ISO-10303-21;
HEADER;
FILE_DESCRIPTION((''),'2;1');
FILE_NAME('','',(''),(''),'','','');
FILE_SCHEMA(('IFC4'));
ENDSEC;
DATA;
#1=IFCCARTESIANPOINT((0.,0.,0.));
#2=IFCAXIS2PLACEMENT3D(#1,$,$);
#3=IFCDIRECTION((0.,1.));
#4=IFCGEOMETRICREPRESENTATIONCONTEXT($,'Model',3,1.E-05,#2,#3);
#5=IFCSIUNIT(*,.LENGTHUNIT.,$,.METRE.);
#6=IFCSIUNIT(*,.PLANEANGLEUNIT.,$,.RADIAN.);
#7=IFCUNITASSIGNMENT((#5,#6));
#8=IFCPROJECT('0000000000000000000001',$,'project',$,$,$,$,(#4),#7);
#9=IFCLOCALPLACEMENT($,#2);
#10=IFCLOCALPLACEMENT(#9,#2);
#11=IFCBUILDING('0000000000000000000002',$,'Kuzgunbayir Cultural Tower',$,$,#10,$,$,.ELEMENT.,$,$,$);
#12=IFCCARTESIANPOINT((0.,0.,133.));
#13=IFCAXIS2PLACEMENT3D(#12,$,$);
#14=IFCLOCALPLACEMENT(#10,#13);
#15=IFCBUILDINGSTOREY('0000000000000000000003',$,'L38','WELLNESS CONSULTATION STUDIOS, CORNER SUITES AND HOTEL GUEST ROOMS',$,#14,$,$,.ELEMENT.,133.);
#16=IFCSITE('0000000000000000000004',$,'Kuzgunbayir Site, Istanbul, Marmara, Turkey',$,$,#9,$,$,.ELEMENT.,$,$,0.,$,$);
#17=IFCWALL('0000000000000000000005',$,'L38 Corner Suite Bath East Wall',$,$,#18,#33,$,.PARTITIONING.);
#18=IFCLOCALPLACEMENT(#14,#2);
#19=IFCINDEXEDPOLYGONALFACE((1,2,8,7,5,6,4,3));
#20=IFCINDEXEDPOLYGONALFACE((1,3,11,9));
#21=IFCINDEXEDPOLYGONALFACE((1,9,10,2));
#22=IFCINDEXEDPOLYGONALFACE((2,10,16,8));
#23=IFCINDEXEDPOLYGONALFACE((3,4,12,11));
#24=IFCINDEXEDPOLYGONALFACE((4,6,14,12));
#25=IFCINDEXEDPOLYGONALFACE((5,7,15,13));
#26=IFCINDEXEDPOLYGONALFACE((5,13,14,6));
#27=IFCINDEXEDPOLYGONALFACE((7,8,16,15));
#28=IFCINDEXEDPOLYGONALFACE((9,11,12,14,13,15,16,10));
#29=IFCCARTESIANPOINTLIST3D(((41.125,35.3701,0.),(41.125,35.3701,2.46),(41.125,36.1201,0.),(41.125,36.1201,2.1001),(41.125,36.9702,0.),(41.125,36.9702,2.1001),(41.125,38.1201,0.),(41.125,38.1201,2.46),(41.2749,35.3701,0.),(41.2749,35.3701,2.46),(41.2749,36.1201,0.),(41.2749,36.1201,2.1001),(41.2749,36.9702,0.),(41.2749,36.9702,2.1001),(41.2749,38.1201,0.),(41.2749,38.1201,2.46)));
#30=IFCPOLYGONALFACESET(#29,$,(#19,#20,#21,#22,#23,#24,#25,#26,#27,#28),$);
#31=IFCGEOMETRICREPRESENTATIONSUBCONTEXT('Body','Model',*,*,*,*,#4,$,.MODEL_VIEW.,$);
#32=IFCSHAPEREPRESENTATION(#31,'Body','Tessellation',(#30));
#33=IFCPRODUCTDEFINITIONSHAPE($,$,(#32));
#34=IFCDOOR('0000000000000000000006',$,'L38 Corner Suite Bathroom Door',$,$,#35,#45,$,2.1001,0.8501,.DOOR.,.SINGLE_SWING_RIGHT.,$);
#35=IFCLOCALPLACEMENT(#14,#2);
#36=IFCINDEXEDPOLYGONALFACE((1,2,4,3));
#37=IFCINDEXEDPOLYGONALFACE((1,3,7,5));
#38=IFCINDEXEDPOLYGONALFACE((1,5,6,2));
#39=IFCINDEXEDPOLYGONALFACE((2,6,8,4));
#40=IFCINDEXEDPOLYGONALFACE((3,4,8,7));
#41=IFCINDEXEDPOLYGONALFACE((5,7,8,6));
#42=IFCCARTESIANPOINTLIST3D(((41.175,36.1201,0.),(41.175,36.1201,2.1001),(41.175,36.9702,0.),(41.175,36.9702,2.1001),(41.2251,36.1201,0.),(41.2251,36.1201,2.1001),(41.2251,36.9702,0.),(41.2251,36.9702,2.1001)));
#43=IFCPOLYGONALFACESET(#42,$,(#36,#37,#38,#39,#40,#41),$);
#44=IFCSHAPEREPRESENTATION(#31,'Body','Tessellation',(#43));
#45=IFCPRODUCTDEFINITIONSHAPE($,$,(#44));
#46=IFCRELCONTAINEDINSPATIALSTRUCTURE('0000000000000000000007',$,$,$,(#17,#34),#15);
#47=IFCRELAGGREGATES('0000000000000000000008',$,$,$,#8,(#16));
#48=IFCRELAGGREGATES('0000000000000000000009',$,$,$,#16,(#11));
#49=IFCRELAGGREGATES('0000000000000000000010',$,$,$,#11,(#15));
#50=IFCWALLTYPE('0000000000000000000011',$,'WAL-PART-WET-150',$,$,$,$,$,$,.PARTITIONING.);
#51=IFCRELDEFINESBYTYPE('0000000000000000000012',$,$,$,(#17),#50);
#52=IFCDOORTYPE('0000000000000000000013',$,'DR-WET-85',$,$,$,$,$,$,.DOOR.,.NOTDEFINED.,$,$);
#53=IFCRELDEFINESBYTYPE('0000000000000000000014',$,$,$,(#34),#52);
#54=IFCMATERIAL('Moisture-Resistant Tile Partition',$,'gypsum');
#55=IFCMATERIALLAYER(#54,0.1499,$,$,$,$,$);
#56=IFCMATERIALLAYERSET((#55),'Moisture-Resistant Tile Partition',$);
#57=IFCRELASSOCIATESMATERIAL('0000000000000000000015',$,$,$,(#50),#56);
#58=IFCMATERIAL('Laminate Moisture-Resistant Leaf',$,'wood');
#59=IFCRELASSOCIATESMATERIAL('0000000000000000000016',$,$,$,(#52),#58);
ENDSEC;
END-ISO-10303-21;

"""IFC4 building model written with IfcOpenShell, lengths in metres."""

from ifc_helpers import new_model, si_unit, direction, frame, frame_2d, origin, place, context, subcontext, project, spatial, rectangle, extrude, material, layer, layer_set, type_object, element, fill, save


model = new_model("IFC4")

# Units and contexts
model_context = context("Model", 3, precision=1e-05, world=origin(), true_north=direction((0.0, 1.0)))
body_context = subcontext(model_context, "Body", "Model", "MODEL_VIEW")
ifc_project = project(units=[si_unit("LENGTHUNIT", "METRE"), si_unit("PLANEANGLEUNIT", "RADIAN")], contexts=[model_context])

# Site, building, storey
site_placement = place(None, origin())
site = spatial("IfcSite", under=ifc_project, at=site_placement, Name="Kuzgunbayir Site, Istanbul, Marmara, Turkey", CompositionType="ELEMENT", RefElevation=0.0)
building_placement = place(site_placement, origin())
building = spatial("IfcBuilding", under=site, at=building_placement, Name="Kuzgunbayir Cultural Tower", CompositionType="ELEMENT")
storey_placement = place(building_placement, frame((0.0, 0.0, 133.0)))
storey = spatial("IfcBuildingStorey", under=building, at=storey_placement, Name="L38", Description="WELLNESS CONSULTATION STUDIOS, CORNER SUITES AND HOTEL GUEST ROOMS", CompositionType="ELEMENT", Elevation=133.0)

# Shared definitions
ifc_material_1 = material(Name="Moisture-Resistant Tile Partition", Category="gypsum")
ifc_layer_1 = layer(ifc_material_1, 0.1499)
ifc_layer_set_1 = layer_set([ifc_layer_1], Name="Moisture-Resistant Tile Partition")
wall_type_1 = type_object("IfcWallType", Name="WAL-PART-WET-150", PredefinedType="PARTITIONING", material=ifc_layer_set_1)

# Wall, opening, door
wall_1_placement = place(storey_placement, frame((41.2, 35.3701, 0.0), z_axis=(0.0, 0.0, 1.0), x_axis=(0.0, 1.0, 0.0)))
wall_1 = element("IfcWall", 1, at=wall_1_placement, inside=storey, type_object=wall_type_1, Name="L38 Corner Suite Bath East Wall", PredefinedType="PARTITIONING", context=body_context, shape_type="SweptSolid", body=[
    extrude(rectangle(XDim=2.75, YDim=0.1499, at=frame_2d((1.375, 0.0))), origin(), (0.0, 0.0, 1.0), 2.46),
])
opening_1_placement = place(wall_1_placement, frame((0.75, 0.0, 0.0)))
opening_1 = element("IfcOpeningElement", 2, at=opening_1_placement, cuts=wall_1, PredefinedType="OPENING", context=body_context, shape_type="SweptSolid", body=[
    extrude(rectangle(XDim=0.8501, YDim=2.1001, at=frame_2d((0.425, 1.05))), frame((0.0, 0.085, 0.0), z_axis=(0.0, -1.0, 0.0), x_axis=(1.0, 0.0, 0.0)), (0.0, 0.0, 1.0), 0.1699),
])
ifc_material_2 = material(Name="Laminate Moisture-Resistant Leaf", Category="wood")
door_type_1 = type_object("IfcDoorType", Name="DR-WET-85", OperationType="NOTDEFINED", PredefinedType="DOOR", material=ifc_material_2)
door_1_placement = place(opening_1_placement, origin())
door_1 = element("IfcDoor", 3, at=door_1_placement, inside=storey, type_object=door_type_1, Name="L38 Corner Suite Bathroom Door", OperationType="SINGLE_SWING_RIGHT", OverallHeight=2.1001, OverallWidth=0.8501, PredefinedType="DOOR", context=body_context, shape_type="SweptSolid", body=[
    extrude(rectangle(XDim=0.8501, YDim=2.1001, at=frame_2d((0.425, 1.05))), frame((0.0, 0.0249, 0.0), z_axis=(0.0, -1.0, 0.0), x_axis=(1.0, 0.0, 0.0)), (0.0, 0.0, 1.0), 0.05),
])
fill(opening_1, door_1)

save(model, "model.ifc")
